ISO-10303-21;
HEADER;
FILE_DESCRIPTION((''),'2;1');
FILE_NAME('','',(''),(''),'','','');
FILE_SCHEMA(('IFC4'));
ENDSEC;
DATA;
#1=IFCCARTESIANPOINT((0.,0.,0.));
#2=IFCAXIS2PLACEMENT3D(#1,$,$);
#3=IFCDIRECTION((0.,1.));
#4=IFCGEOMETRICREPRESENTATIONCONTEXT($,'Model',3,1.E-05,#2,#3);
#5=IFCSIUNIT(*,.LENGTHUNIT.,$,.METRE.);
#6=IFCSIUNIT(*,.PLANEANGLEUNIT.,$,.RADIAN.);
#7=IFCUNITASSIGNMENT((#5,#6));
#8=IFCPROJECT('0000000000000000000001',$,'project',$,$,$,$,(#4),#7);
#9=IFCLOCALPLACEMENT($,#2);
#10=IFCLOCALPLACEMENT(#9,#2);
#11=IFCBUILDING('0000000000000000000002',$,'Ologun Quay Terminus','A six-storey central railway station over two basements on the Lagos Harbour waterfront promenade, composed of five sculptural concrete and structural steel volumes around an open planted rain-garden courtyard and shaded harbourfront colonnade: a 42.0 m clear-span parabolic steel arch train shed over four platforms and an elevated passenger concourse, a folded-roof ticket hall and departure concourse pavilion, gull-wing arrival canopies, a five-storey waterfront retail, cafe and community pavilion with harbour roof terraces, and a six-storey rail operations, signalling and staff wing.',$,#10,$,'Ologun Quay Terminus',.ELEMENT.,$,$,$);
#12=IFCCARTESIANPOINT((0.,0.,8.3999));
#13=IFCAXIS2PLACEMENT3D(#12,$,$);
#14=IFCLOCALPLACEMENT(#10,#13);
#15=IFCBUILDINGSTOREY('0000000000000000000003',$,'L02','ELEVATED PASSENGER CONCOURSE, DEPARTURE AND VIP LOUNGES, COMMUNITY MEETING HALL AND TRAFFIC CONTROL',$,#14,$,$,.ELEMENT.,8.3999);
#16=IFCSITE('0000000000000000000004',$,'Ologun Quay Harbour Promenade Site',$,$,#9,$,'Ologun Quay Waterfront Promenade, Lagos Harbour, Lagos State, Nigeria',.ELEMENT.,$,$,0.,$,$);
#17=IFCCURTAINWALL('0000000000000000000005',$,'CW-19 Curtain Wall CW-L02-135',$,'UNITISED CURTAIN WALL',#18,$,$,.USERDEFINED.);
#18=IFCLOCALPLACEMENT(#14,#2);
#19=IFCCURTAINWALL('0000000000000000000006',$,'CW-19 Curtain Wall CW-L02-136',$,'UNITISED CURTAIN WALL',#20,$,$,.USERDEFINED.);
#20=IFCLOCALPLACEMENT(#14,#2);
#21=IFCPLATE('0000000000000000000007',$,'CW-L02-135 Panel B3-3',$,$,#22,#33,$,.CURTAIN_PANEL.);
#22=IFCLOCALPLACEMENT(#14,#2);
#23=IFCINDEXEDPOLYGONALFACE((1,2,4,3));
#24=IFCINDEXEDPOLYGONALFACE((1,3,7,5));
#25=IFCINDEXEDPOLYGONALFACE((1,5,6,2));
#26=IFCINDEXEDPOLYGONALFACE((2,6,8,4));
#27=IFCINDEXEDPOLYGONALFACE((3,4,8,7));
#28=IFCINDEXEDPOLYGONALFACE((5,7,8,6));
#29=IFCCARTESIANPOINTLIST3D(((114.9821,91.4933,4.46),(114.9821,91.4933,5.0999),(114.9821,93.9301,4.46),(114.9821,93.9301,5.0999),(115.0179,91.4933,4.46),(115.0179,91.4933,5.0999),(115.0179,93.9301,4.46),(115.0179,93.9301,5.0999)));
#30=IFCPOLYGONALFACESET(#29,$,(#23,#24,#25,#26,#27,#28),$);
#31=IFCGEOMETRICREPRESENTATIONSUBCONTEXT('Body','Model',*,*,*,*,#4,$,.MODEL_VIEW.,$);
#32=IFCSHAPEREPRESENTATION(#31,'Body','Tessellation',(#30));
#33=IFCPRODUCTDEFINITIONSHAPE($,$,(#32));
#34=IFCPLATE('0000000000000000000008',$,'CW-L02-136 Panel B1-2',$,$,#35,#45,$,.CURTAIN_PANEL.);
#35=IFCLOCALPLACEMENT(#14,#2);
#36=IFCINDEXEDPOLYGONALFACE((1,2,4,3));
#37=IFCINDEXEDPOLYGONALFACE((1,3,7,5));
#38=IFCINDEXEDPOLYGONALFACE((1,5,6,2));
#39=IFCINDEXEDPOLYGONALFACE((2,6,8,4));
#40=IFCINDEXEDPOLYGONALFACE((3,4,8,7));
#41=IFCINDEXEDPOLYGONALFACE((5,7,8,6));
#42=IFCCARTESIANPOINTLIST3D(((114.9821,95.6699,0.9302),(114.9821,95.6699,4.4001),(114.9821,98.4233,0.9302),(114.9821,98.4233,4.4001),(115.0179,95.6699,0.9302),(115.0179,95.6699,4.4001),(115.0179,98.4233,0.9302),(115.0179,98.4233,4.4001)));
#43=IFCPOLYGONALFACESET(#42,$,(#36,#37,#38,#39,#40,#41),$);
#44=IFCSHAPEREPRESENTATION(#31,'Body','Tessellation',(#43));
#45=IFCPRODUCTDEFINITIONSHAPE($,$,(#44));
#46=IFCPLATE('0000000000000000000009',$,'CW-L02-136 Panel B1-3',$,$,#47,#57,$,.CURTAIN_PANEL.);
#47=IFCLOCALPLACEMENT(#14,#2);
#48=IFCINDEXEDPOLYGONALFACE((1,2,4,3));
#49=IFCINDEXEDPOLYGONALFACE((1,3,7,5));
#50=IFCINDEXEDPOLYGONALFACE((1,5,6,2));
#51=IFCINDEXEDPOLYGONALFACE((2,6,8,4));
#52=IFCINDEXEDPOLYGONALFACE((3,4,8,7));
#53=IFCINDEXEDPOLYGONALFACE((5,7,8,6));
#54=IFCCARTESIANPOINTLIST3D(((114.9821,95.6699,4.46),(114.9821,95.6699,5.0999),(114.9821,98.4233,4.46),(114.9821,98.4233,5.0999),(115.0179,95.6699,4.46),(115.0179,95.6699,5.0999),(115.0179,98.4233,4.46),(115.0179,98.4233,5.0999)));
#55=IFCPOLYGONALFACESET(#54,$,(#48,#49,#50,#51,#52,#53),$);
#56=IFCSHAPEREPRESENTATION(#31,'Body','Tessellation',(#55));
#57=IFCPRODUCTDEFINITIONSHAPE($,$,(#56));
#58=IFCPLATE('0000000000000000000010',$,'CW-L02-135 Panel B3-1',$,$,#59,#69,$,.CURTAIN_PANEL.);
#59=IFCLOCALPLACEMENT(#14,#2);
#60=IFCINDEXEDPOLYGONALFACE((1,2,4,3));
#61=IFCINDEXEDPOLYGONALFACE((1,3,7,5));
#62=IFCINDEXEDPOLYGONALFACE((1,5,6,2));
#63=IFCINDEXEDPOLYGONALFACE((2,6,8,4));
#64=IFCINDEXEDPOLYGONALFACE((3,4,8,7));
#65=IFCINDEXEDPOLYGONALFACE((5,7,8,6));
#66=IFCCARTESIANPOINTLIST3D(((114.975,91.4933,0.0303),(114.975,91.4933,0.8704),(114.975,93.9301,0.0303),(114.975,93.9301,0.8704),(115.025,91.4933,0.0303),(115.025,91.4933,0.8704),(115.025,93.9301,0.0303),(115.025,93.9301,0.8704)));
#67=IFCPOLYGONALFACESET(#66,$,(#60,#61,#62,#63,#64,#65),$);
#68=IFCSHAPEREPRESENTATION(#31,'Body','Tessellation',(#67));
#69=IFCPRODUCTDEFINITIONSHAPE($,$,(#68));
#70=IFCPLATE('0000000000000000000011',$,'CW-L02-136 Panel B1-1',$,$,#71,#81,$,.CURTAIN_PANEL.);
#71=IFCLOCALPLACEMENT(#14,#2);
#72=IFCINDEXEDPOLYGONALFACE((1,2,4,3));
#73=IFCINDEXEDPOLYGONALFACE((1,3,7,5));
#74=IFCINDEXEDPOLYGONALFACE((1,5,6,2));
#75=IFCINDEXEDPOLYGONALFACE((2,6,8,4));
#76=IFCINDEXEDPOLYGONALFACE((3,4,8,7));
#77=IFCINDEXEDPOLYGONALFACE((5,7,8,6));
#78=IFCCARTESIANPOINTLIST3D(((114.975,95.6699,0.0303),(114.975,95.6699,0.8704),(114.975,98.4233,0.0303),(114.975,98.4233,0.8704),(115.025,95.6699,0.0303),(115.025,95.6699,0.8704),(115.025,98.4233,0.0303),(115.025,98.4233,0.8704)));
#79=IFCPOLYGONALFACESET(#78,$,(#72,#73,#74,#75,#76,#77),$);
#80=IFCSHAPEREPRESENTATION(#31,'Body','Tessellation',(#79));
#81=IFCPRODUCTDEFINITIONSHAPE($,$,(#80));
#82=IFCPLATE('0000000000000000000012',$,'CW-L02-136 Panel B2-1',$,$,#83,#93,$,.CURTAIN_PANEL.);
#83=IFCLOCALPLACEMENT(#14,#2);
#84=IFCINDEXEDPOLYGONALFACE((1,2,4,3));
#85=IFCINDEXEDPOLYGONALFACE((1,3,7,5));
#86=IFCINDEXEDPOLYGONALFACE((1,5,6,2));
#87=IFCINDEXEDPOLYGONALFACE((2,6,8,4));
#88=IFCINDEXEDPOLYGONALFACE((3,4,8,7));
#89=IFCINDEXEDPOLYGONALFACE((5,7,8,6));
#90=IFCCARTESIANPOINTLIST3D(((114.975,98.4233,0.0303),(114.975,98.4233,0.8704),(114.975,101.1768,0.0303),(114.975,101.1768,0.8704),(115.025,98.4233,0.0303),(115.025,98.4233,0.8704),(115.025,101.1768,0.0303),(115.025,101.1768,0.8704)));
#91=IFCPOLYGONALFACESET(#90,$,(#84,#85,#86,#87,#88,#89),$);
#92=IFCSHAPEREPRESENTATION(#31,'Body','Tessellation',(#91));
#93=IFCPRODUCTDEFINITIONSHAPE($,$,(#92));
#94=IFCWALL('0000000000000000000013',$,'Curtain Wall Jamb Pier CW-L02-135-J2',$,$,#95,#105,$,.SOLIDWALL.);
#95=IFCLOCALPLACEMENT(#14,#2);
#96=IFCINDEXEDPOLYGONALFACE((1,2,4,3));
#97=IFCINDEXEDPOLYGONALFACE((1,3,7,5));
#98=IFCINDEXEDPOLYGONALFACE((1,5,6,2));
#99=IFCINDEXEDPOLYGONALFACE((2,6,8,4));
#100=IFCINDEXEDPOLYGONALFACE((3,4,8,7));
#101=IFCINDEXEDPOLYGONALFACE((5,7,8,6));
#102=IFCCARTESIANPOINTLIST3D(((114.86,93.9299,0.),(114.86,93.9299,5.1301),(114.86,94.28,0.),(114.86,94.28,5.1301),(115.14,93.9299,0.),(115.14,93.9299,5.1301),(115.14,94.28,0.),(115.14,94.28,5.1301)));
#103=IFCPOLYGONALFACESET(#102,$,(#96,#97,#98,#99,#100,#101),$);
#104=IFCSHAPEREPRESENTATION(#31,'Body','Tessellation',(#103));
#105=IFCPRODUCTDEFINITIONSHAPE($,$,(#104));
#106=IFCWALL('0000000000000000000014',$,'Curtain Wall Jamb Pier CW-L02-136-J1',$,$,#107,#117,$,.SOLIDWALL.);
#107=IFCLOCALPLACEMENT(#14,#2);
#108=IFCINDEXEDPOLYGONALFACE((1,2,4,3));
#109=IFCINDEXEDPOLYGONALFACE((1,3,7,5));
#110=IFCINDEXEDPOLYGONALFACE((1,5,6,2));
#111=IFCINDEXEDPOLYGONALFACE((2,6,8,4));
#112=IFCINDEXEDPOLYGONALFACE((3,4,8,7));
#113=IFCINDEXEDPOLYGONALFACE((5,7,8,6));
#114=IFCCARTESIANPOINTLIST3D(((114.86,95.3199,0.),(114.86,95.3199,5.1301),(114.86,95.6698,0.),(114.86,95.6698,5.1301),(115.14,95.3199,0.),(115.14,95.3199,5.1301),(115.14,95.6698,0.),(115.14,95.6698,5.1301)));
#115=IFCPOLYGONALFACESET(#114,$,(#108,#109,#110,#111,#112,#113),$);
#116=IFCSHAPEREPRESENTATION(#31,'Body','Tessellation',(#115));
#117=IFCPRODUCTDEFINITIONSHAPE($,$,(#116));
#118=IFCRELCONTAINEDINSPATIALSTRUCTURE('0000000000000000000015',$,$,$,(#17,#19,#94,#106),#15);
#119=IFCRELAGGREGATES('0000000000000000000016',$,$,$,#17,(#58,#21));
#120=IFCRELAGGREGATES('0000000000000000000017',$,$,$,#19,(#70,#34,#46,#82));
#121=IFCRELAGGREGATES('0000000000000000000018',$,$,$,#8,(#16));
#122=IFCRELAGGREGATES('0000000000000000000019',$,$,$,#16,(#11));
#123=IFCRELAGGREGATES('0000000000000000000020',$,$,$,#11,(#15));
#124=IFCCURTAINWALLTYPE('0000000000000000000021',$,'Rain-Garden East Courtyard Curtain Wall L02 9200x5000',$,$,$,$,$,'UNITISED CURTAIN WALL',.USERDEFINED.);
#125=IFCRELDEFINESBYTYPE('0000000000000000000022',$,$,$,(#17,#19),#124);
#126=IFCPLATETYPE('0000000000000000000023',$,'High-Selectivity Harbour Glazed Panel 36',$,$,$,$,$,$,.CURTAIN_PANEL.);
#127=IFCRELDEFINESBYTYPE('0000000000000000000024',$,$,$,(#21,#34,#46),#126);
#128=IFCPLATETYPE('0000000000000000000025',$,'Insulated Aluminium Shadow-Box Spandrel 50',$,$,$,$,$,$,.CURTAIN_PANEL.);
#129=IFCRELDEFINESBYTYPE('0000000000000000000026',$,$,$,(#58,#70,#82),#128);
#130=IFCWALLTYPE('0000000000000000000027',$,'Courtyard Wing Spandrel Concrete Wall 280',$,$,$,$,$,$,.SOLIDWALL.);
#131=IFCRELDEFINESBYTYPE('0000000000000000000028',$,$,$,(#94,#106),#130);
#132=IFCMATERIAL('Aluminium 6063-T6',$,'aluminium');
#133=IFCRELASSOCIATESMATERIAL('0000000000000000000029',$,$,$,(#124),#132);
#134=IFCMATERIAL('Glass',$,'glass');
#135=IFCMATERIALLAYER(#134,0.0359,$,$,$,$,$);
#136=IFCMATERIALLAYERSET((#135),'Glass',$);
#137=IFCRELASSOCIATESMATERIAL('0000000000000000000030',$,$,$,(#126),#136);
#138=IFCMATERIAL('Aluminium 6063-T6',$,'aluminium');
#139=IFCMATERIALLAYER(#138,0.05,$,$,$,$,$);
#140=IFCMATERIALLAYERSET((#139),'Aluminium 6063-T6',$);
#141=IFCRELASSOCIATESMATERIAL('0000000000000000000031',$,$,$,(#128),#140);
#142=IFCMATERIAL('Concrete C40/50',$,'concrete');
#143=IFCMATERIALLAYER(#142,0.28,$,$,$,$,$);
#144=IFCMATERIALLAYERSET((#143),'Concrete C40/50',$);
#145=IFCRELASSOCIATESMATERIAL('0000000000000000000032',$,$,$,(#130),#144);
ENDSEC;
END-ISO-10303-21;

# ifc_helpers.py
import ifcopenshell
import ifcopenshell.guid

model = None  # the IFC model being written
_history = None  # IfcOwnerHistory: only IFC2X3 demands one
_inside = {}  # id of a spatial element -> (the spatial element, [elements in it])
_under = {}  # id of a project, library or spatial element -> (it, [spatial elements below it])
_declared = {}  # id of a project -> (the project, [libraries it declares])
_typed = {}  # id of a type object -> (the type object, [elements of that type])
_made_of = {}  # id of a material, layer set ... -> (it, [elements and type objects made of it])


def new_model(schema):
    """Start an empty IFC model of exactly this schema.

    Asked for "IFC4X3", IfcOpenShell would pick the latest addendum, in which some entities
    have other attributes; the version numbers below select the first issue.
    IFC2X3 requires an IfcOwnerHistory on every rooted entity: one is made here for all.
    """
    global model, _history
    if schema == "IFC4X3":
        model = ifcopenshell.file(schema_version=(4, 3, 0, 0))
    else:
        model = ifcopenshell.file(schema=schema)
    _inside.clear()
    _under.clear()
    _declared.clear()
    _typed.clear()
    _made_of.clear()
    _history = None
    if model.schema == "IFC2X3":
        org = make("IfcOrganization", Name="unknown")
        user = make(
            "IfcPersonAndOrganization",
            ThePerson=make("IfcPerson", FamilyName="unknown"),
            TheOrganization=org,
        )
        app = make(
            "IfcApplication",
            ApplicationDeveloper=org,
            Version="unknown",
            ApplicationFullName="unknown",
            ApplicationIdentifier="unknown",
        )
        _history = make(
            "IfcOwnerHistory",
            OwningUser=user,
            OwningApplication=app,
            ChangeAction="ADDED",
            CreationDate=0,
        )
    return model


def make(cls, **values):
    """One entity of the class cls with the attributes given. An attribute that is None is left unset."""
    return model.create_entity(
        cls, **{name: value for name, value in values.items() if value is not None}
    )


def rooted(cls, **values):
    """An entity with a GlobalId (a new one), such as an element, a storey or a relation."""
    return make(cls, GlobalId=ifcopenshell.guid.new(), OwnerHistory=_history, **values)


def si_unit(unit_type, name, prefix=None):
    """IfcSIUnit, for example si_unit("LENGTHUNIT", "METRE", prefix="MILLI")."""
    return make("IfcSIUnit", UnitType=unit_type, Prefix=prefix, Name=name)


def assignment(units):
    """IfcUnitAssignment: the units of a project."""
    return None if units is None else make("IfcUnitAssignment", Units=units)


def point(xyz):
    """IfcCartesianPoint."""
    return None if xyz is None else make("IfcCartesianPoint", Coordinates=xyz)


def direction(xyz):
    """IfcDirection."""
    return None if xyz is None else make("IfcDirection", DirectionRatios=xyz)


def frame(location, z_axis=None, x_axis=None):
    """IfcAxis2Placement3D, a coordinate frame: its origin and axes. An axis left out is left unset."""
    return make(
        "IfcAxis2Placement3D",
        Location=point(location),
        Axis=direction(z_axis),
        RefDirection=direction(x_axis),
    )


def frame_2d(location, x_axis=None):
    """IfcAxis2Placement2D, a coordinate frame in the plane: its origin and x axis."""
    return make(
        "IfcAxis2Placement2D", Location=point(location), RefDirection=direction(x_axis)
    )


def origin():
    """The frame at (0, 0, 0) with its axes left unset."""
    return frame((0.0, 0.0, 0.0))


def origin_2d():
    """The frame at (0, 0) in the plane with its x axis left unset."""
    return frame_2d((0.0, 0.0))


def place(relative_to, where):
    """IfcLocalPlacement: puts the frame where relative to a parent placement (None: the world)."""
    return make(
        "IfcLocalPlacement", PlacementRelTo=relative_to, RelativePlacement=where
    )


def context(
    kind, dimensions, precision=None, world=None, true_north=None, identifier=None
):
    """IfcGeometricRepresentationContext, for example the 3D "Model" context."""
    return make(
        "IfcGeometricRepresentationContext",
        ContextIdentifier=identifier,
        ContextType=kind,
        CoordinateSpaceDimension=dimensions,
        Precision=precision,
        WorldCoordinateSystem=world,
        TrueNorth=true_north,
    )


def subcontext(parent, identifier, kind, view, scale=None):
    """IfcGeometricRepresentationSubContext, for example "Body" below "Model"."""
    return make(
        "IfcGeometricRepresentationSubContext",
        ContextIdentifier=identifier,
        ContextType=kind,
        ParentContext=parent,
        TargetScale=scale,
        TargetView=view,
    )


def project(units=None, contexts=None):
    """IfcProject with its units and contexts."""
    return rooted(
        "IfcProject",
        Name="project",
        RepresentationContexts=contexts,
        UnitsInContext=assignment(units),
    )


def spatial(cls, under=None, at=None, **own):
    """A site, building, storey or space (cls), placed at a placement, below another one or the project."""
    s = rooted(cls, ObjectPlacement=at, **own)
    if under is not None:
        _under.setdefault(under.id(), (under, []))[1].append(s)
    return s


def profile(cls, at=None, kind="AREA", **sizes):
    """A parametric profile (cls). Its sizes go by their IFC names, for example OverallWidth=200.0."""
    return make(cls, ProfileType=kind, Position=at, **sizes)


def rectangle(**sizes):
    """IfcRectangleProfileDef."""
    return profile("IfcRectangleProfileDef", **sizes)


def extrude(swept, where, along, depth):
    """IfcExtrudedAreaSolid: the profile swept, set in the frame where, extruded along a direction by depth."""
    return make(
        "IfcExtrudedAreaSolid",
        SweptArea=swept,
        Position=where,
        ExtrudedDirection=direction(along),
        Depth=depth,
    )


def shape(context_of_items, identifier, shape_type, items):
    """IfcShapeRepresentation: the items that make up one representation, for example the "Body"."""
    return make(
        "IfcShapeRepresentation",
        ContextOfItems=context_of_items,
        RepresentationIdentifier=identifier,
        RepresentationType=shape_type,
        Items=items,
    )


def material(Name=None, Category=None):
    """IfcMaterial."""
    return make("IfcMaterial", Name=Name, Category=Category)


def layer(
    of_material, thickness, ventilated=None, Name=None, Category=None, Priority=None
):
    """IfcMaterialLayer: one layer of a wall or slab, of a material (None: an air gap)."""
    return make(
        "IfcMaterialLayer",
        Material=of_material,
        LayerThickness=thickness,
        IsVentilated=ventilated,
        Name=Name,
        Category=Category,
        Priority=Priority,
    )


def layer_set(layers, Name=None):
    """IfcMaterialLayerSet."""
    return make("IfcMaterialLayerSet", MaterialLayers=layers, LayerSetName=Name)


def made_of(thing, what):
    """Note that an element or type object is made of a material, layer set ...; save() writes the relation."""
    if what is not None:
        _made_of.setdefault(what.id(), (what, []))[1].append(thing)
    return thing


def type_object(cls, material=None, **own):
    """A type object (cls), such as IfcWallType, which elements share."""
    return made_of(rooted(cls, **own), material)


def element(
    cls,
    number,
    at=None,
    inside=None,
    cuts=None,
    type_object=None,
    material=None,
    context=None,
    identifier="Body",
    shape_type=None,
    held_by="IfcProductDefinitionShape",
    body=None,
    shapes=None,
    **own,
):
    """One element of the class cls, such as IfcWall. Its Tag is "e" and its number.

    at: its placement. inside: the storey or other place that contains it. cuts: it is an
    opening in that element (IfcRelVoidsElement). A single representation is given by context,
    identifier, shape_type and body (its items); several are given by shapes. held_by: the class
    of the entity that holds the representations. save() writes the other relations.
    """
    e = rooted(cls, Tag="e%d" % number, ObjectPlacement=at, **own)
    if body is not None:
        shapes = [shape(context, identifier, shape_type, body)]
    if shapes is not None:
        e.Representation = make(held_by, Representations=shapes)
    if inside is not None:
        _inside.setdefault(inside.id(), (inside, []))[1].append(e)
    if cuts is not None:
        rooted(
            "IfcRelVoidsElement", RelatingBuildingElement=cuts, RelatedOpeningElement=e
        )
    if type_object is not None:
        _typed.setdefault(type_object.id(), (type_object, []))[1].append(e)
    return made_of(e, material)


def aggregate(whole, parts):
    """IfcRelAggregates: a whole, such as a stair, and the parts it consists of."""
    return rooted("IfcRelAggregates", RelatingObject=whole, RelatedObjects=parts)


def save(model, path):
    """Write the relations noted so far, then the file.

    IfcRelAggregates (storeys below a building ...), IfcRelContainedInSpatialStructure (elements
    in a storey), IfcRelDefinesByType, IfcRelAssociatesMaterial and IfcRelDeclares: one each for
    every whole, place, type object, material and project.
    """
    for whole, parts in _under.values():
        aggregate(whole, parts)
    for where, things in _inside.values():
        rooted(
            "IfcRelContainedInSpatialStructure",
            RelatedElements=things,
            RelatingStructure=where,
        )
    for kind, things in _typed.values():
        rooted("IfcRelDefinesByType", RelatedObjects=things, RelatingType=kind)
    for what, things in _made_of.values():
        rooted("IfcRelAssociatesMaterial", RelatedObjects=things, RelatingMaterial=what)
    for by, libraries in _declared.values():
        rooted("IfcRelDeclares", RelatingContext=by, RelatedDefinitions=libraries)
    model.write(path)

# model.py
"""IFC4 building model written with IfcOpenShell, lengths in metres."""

from ifc_helpers import new_model, si_unit, direction, frame, frame_2d, origin, origin_2d, place, context, subcontext, project, spatial, rectangle, extrude, material, layer, layer_set, type_object, element, aggregate, save


model = new_model("IFC4")

# Units and contexts
model_context = context("Model", 3, precision=1e-05, world=origin(), true_north=direction((0.0, 1.0)))
body_context = subcontext(model_context, "Body", "Model", "MODEL_VIEW")
ifc_project = project(units=[si_unit("LENGTHUNIT", "METRE"), si_unit("PLANEANGLEUNIT", "RADIAN")], contexts=[model_context])

# Site, building, storey
site_placement = place(None, origin())
site = spatial("IfcSite", under=ifc_project, at=site_placement, Name="Ologun Quay Harbour Promenade Site", LongName="Ologun Quay Waterfront Promenade, Lagos Harbour, Lagos State, Nigeria", CompositionType="ELEMENT", RefElevation=0.0)
building_placement = place(site_placement, origin())
building = spatial("IfcBuilding", under=site, at=building_placement, Name="Ologun Quay Terminus", Description="A six-storey central railway station over two basements on the Lagos Harbour waterfront promenade, composed of five sculptural concrete and structural steel volumes around an open planted rain-garden courtyard and shaded harbourfront colonnade: a 42.0 m clear-span parabolic steel arch train shed over four platforms and an elevated passenger concourse, a folded-roof ticket hall and departure concourse pavilion, gull-wing arrival canopies, a five-storey waterfront retail, cafe and community pavilion with harbour roof terraces, and a six-storey rail operations, signalling and staff wing.", LongName="Ologun Quay Terminus", CompositionType="ELEMENT")
storey_placement = place(building_placement, frame((0.0, 0.0, 8.3999)))
storey = spatial("IfcBuildingStorey", under=building, at=storey_placement, Name="L02", Description="ELEVATED PASSENGER CONCOURSE, DEPARTURE AND VIP LOUNGES, COMMUNITY MEETING HALL AND TRAFFIC CONTROL", CompositionType="ELEMENT", Elevation=8.3999)

# Curtain wall
ifc_material_1 = material(Name="Aluminium 6063-T6", Category="aluminium")
curtain_wall_type = type_object("IfcCurtainWallType", Name="Rain-Garden East Courtyard Curtain Wall L02 9200x5000", ElementType="UNITISED CURTAIN WALL", PredefinedType="USERDEFINED", material=ifc_material_1)
curtain_wall_1_placement = place(storey_placement, origin())
curtain_wall_1 = element("IfcCurtainWall", 1, at=curtain_wall_1_placement, inside=storey, type_object=curtain_wall_type, Name="CW-19 Curtain Wall CW-L02-135", ObjectType="UNITISED CURTAIN WALL", PredefinedType="USERDEFINED")

# Curtain wall
curtain_wall_2_placement = place(storey_placement, origin())
curtain_wall_2 = element("IfcCurtainWall", 2, at=curtain_wall_2_placement, inside=storey, type_object=curtain_wall_type, Name="CW-19 Curtain Wall CW-L02-136", ObjectType="UNITISED CURTAIN WALL", PredefinedType="USERDEFINED")

# Plates
ifc_material_2 = material(Name="Glass", Category="glass")
ifc_layer_1 = layer(ifc_material_2, 0.0359)
ifc_layer_set_1 = layer_set([ifc_layer_1], Name="Glass")
plate_type_1 = type_object("IfcPlateType", Name="High-Selectivity Harbour Glazed Panel 36", PredefinedType="CURTAIN_PANEL", material=ifc_layer_set_1)
plate_1_placement = place(storey_placement, frame((115.0, 92.7117, 4.46), z_axis=(0.0, 0.0, 1.0), x_axis=(0.0, 1.0, 0.0)))
plate_1 = element("IfcPlate", 3, at=plate_1_placement, type_object=plate_type_1, Name="CW-L02-135 Panel B3-3", PredefinedType="CURTAIN_PANEL", context=body_context, shape_type="SweptSolid", body=[
    extrude(rectangle(XDim=2.4368, YDim=0.0359, at=origin_2d()), origin(), (0.0, 0.0, 1.0), 0.6399),
])
plate_2_placement = place(storey_placement, frame((115.0, 97.0466, 0.9302), z_axis=(0.0, 0.0, 1.0), x_axis=(0.0, 1.0, 0.0)))
plate_2 = element("IfcPlate", 4, at=plate_2_placement, type_object=plate_type_1, Name="CW-L02-136 Panel B1-2", PredefinedType="CURTAIN_PANEL", context=body_context, shape_type="SweptSolid", body=[
    extrude(rectangle(XDim=2.7534, YDim=0.0359, at=origin_2d()), origin(), (0.0, 0.0, 1.0), 3.47),
])
plate_3_placement = place(storey_placement, frame((115.0, 97.0466, 4.46), z_axis=(0.0, 0.0, 1.0), x_axis=(0.0, 1.0, 0.0)))
plate_3 = element("IfcPlate", 5, at=plate_3_placement, type_object=plate_type_1, Name="CW-L02-136 Panel B1-3", PredefinedType="CURTAIN_PANEL", context=body_context, shape_type="SweptSolid", body=[
    extrude(rectangle(XDim=2.7534, YDim=0.0359, at=origin_2d()), origin(), (0.0, 0.0, 1.0), 0.6399),
])
ifc_material_3 = material(Name="Aluminium 6063-T6", Category="aluminium")
ifc_layer_2 = layer(ifc_material_3, 0.05)
ifc_layer_set_2 = layer_set([ifc_layer_2], Name="Aluminium 6063-T6")
plate_type_2 = type_object("IfcPlateType", Name="Insulated Aluminium Shadow-Box Spandrel 50", PredefinedType="CURTAIN_PANEL", material=ifc_layer_set_2)
plate_4_placement = place(storey_placement, frame((115.0, 92.7117, 0.0303), z_axis=(0.0, 0.0, 1.0), x_axis=(0.0, 1.0, 0.0)))
plate_4 = element("IfcPlate", 6, at=plate_4_placement, type_object=plate_type_2, Name="CW-L02-135 Panel B3-1", PredefinedType="CURTAIN_PANEL", context=body_context, shape_type="SweptSolid", body=[
    extrude(rectangle(XDim=2.4368, YDim=0.05, at=origin_2d()), origin(), (0.0, 0.0, 1.0), 0.8401),
])
aggregate(curtain_wall_1, [plate_4, plate_1])
plate_5_placement = place(storey_placement, frame((115.0, 97.0466, 0.0303), z_axis=(0.0, 0.0, 1.0), x_axis=(0.0, 1.0, 0.0)))
plate_5 = element("IfcPlate", 7, at=plate_5_placement, type_object=plate_type_2, Name="CW-L02-136 Panel B1-1", PredefinedType="CURTAIN_PANEL", context=body_context, shape_type="SweptSolid", body=[
    extrude(rectangle(XDim=2.7534, YDim=0.05, at=origin_2d()), origin(), (0.0, 0.0, 1.0), 0.8401),
])
plate_6_placement = place(storey_placement, frame((115.0, 99.8, 0.0303), z_axis=(0.0, 0.0, 1.0), x_axis=(0.0, 1.0, 0.0)))
plate_6 = element("IfcPlate", 8, at=plate_6_placement, type_object=plate_type_2, Name="CW-L02-136 Panel B2-1", PredefinedType="CURTAIN_PANEL", context=body_context, shape_type="SweptSolid", body=[
    extrude(rectangle(XDim=2.7534, YDim=0.05, at=origin_2d()), origin(), (0.0, 0.0, 1.0), 0.8401),
])
aggregate(curtain_wall_2, [plate_5, plate_2, plate_3, plate_6])

# Walls
ifc_material_4 = material(Name="Concrete C40/50", Category="concrete")
ifc_layer_3 = layer(ifc_material_4, 0.28)
ifc_layer_set_3 = layer_set([ifc_layer_3], Name="Concrete C40/50")
wall_type = type_object("IfcWallType", Name="Courtyard Wing Spandrel Concrete Wall 280", PredefinedType="SOLIDWALL", material=ifc_layer_set_3)
wall_1_placement = place(storey_placement, frame((115.0, 93.9299, 0.0), z_axis=(0.0, 0.0, 1.0), x_axis=(0.0, 1.0, 0.0)))
element("IfcWall", 9, at=wall_1_placement, inside=storey, type_object=wall_type, Name="Curtain Wall Jamb Pier CW-L02-135-J2", PredefinedType="SOLIDWALL", context=body_context, shape_type="SweptSolid", body=[
    extrude(rectangle(XDim=0.3501, YDim=0.28, at=frame_2d((0.175, 0.0))), origin(), (0.0, 0.0, 1.0), 5.1301),
])
wall_2_placement = place(storey_placement, frame((115.0, 95.3201, 0.0), z_axis=(0.0, 0.0, 1.0), x_axis=(0.0, 1.0, 0.0)))
element("IfcWall", 10, at=wall_2_placement, inside=storey, type_object=wall_type, Name="Curtain Wall Jamb Pier CW-L02-136-J1", PredefinedType="SOLIDWALL", context=body_context, shape_type="SweptSolid", body=[
    extrude(rectangle(XDim=0.3499, YDim=0.28, at=frame_2d((0.1748, 0.0))), origin(), (0.0, 0.0, 1.0), 5.1301),
])

save(model, "model.ifc")
